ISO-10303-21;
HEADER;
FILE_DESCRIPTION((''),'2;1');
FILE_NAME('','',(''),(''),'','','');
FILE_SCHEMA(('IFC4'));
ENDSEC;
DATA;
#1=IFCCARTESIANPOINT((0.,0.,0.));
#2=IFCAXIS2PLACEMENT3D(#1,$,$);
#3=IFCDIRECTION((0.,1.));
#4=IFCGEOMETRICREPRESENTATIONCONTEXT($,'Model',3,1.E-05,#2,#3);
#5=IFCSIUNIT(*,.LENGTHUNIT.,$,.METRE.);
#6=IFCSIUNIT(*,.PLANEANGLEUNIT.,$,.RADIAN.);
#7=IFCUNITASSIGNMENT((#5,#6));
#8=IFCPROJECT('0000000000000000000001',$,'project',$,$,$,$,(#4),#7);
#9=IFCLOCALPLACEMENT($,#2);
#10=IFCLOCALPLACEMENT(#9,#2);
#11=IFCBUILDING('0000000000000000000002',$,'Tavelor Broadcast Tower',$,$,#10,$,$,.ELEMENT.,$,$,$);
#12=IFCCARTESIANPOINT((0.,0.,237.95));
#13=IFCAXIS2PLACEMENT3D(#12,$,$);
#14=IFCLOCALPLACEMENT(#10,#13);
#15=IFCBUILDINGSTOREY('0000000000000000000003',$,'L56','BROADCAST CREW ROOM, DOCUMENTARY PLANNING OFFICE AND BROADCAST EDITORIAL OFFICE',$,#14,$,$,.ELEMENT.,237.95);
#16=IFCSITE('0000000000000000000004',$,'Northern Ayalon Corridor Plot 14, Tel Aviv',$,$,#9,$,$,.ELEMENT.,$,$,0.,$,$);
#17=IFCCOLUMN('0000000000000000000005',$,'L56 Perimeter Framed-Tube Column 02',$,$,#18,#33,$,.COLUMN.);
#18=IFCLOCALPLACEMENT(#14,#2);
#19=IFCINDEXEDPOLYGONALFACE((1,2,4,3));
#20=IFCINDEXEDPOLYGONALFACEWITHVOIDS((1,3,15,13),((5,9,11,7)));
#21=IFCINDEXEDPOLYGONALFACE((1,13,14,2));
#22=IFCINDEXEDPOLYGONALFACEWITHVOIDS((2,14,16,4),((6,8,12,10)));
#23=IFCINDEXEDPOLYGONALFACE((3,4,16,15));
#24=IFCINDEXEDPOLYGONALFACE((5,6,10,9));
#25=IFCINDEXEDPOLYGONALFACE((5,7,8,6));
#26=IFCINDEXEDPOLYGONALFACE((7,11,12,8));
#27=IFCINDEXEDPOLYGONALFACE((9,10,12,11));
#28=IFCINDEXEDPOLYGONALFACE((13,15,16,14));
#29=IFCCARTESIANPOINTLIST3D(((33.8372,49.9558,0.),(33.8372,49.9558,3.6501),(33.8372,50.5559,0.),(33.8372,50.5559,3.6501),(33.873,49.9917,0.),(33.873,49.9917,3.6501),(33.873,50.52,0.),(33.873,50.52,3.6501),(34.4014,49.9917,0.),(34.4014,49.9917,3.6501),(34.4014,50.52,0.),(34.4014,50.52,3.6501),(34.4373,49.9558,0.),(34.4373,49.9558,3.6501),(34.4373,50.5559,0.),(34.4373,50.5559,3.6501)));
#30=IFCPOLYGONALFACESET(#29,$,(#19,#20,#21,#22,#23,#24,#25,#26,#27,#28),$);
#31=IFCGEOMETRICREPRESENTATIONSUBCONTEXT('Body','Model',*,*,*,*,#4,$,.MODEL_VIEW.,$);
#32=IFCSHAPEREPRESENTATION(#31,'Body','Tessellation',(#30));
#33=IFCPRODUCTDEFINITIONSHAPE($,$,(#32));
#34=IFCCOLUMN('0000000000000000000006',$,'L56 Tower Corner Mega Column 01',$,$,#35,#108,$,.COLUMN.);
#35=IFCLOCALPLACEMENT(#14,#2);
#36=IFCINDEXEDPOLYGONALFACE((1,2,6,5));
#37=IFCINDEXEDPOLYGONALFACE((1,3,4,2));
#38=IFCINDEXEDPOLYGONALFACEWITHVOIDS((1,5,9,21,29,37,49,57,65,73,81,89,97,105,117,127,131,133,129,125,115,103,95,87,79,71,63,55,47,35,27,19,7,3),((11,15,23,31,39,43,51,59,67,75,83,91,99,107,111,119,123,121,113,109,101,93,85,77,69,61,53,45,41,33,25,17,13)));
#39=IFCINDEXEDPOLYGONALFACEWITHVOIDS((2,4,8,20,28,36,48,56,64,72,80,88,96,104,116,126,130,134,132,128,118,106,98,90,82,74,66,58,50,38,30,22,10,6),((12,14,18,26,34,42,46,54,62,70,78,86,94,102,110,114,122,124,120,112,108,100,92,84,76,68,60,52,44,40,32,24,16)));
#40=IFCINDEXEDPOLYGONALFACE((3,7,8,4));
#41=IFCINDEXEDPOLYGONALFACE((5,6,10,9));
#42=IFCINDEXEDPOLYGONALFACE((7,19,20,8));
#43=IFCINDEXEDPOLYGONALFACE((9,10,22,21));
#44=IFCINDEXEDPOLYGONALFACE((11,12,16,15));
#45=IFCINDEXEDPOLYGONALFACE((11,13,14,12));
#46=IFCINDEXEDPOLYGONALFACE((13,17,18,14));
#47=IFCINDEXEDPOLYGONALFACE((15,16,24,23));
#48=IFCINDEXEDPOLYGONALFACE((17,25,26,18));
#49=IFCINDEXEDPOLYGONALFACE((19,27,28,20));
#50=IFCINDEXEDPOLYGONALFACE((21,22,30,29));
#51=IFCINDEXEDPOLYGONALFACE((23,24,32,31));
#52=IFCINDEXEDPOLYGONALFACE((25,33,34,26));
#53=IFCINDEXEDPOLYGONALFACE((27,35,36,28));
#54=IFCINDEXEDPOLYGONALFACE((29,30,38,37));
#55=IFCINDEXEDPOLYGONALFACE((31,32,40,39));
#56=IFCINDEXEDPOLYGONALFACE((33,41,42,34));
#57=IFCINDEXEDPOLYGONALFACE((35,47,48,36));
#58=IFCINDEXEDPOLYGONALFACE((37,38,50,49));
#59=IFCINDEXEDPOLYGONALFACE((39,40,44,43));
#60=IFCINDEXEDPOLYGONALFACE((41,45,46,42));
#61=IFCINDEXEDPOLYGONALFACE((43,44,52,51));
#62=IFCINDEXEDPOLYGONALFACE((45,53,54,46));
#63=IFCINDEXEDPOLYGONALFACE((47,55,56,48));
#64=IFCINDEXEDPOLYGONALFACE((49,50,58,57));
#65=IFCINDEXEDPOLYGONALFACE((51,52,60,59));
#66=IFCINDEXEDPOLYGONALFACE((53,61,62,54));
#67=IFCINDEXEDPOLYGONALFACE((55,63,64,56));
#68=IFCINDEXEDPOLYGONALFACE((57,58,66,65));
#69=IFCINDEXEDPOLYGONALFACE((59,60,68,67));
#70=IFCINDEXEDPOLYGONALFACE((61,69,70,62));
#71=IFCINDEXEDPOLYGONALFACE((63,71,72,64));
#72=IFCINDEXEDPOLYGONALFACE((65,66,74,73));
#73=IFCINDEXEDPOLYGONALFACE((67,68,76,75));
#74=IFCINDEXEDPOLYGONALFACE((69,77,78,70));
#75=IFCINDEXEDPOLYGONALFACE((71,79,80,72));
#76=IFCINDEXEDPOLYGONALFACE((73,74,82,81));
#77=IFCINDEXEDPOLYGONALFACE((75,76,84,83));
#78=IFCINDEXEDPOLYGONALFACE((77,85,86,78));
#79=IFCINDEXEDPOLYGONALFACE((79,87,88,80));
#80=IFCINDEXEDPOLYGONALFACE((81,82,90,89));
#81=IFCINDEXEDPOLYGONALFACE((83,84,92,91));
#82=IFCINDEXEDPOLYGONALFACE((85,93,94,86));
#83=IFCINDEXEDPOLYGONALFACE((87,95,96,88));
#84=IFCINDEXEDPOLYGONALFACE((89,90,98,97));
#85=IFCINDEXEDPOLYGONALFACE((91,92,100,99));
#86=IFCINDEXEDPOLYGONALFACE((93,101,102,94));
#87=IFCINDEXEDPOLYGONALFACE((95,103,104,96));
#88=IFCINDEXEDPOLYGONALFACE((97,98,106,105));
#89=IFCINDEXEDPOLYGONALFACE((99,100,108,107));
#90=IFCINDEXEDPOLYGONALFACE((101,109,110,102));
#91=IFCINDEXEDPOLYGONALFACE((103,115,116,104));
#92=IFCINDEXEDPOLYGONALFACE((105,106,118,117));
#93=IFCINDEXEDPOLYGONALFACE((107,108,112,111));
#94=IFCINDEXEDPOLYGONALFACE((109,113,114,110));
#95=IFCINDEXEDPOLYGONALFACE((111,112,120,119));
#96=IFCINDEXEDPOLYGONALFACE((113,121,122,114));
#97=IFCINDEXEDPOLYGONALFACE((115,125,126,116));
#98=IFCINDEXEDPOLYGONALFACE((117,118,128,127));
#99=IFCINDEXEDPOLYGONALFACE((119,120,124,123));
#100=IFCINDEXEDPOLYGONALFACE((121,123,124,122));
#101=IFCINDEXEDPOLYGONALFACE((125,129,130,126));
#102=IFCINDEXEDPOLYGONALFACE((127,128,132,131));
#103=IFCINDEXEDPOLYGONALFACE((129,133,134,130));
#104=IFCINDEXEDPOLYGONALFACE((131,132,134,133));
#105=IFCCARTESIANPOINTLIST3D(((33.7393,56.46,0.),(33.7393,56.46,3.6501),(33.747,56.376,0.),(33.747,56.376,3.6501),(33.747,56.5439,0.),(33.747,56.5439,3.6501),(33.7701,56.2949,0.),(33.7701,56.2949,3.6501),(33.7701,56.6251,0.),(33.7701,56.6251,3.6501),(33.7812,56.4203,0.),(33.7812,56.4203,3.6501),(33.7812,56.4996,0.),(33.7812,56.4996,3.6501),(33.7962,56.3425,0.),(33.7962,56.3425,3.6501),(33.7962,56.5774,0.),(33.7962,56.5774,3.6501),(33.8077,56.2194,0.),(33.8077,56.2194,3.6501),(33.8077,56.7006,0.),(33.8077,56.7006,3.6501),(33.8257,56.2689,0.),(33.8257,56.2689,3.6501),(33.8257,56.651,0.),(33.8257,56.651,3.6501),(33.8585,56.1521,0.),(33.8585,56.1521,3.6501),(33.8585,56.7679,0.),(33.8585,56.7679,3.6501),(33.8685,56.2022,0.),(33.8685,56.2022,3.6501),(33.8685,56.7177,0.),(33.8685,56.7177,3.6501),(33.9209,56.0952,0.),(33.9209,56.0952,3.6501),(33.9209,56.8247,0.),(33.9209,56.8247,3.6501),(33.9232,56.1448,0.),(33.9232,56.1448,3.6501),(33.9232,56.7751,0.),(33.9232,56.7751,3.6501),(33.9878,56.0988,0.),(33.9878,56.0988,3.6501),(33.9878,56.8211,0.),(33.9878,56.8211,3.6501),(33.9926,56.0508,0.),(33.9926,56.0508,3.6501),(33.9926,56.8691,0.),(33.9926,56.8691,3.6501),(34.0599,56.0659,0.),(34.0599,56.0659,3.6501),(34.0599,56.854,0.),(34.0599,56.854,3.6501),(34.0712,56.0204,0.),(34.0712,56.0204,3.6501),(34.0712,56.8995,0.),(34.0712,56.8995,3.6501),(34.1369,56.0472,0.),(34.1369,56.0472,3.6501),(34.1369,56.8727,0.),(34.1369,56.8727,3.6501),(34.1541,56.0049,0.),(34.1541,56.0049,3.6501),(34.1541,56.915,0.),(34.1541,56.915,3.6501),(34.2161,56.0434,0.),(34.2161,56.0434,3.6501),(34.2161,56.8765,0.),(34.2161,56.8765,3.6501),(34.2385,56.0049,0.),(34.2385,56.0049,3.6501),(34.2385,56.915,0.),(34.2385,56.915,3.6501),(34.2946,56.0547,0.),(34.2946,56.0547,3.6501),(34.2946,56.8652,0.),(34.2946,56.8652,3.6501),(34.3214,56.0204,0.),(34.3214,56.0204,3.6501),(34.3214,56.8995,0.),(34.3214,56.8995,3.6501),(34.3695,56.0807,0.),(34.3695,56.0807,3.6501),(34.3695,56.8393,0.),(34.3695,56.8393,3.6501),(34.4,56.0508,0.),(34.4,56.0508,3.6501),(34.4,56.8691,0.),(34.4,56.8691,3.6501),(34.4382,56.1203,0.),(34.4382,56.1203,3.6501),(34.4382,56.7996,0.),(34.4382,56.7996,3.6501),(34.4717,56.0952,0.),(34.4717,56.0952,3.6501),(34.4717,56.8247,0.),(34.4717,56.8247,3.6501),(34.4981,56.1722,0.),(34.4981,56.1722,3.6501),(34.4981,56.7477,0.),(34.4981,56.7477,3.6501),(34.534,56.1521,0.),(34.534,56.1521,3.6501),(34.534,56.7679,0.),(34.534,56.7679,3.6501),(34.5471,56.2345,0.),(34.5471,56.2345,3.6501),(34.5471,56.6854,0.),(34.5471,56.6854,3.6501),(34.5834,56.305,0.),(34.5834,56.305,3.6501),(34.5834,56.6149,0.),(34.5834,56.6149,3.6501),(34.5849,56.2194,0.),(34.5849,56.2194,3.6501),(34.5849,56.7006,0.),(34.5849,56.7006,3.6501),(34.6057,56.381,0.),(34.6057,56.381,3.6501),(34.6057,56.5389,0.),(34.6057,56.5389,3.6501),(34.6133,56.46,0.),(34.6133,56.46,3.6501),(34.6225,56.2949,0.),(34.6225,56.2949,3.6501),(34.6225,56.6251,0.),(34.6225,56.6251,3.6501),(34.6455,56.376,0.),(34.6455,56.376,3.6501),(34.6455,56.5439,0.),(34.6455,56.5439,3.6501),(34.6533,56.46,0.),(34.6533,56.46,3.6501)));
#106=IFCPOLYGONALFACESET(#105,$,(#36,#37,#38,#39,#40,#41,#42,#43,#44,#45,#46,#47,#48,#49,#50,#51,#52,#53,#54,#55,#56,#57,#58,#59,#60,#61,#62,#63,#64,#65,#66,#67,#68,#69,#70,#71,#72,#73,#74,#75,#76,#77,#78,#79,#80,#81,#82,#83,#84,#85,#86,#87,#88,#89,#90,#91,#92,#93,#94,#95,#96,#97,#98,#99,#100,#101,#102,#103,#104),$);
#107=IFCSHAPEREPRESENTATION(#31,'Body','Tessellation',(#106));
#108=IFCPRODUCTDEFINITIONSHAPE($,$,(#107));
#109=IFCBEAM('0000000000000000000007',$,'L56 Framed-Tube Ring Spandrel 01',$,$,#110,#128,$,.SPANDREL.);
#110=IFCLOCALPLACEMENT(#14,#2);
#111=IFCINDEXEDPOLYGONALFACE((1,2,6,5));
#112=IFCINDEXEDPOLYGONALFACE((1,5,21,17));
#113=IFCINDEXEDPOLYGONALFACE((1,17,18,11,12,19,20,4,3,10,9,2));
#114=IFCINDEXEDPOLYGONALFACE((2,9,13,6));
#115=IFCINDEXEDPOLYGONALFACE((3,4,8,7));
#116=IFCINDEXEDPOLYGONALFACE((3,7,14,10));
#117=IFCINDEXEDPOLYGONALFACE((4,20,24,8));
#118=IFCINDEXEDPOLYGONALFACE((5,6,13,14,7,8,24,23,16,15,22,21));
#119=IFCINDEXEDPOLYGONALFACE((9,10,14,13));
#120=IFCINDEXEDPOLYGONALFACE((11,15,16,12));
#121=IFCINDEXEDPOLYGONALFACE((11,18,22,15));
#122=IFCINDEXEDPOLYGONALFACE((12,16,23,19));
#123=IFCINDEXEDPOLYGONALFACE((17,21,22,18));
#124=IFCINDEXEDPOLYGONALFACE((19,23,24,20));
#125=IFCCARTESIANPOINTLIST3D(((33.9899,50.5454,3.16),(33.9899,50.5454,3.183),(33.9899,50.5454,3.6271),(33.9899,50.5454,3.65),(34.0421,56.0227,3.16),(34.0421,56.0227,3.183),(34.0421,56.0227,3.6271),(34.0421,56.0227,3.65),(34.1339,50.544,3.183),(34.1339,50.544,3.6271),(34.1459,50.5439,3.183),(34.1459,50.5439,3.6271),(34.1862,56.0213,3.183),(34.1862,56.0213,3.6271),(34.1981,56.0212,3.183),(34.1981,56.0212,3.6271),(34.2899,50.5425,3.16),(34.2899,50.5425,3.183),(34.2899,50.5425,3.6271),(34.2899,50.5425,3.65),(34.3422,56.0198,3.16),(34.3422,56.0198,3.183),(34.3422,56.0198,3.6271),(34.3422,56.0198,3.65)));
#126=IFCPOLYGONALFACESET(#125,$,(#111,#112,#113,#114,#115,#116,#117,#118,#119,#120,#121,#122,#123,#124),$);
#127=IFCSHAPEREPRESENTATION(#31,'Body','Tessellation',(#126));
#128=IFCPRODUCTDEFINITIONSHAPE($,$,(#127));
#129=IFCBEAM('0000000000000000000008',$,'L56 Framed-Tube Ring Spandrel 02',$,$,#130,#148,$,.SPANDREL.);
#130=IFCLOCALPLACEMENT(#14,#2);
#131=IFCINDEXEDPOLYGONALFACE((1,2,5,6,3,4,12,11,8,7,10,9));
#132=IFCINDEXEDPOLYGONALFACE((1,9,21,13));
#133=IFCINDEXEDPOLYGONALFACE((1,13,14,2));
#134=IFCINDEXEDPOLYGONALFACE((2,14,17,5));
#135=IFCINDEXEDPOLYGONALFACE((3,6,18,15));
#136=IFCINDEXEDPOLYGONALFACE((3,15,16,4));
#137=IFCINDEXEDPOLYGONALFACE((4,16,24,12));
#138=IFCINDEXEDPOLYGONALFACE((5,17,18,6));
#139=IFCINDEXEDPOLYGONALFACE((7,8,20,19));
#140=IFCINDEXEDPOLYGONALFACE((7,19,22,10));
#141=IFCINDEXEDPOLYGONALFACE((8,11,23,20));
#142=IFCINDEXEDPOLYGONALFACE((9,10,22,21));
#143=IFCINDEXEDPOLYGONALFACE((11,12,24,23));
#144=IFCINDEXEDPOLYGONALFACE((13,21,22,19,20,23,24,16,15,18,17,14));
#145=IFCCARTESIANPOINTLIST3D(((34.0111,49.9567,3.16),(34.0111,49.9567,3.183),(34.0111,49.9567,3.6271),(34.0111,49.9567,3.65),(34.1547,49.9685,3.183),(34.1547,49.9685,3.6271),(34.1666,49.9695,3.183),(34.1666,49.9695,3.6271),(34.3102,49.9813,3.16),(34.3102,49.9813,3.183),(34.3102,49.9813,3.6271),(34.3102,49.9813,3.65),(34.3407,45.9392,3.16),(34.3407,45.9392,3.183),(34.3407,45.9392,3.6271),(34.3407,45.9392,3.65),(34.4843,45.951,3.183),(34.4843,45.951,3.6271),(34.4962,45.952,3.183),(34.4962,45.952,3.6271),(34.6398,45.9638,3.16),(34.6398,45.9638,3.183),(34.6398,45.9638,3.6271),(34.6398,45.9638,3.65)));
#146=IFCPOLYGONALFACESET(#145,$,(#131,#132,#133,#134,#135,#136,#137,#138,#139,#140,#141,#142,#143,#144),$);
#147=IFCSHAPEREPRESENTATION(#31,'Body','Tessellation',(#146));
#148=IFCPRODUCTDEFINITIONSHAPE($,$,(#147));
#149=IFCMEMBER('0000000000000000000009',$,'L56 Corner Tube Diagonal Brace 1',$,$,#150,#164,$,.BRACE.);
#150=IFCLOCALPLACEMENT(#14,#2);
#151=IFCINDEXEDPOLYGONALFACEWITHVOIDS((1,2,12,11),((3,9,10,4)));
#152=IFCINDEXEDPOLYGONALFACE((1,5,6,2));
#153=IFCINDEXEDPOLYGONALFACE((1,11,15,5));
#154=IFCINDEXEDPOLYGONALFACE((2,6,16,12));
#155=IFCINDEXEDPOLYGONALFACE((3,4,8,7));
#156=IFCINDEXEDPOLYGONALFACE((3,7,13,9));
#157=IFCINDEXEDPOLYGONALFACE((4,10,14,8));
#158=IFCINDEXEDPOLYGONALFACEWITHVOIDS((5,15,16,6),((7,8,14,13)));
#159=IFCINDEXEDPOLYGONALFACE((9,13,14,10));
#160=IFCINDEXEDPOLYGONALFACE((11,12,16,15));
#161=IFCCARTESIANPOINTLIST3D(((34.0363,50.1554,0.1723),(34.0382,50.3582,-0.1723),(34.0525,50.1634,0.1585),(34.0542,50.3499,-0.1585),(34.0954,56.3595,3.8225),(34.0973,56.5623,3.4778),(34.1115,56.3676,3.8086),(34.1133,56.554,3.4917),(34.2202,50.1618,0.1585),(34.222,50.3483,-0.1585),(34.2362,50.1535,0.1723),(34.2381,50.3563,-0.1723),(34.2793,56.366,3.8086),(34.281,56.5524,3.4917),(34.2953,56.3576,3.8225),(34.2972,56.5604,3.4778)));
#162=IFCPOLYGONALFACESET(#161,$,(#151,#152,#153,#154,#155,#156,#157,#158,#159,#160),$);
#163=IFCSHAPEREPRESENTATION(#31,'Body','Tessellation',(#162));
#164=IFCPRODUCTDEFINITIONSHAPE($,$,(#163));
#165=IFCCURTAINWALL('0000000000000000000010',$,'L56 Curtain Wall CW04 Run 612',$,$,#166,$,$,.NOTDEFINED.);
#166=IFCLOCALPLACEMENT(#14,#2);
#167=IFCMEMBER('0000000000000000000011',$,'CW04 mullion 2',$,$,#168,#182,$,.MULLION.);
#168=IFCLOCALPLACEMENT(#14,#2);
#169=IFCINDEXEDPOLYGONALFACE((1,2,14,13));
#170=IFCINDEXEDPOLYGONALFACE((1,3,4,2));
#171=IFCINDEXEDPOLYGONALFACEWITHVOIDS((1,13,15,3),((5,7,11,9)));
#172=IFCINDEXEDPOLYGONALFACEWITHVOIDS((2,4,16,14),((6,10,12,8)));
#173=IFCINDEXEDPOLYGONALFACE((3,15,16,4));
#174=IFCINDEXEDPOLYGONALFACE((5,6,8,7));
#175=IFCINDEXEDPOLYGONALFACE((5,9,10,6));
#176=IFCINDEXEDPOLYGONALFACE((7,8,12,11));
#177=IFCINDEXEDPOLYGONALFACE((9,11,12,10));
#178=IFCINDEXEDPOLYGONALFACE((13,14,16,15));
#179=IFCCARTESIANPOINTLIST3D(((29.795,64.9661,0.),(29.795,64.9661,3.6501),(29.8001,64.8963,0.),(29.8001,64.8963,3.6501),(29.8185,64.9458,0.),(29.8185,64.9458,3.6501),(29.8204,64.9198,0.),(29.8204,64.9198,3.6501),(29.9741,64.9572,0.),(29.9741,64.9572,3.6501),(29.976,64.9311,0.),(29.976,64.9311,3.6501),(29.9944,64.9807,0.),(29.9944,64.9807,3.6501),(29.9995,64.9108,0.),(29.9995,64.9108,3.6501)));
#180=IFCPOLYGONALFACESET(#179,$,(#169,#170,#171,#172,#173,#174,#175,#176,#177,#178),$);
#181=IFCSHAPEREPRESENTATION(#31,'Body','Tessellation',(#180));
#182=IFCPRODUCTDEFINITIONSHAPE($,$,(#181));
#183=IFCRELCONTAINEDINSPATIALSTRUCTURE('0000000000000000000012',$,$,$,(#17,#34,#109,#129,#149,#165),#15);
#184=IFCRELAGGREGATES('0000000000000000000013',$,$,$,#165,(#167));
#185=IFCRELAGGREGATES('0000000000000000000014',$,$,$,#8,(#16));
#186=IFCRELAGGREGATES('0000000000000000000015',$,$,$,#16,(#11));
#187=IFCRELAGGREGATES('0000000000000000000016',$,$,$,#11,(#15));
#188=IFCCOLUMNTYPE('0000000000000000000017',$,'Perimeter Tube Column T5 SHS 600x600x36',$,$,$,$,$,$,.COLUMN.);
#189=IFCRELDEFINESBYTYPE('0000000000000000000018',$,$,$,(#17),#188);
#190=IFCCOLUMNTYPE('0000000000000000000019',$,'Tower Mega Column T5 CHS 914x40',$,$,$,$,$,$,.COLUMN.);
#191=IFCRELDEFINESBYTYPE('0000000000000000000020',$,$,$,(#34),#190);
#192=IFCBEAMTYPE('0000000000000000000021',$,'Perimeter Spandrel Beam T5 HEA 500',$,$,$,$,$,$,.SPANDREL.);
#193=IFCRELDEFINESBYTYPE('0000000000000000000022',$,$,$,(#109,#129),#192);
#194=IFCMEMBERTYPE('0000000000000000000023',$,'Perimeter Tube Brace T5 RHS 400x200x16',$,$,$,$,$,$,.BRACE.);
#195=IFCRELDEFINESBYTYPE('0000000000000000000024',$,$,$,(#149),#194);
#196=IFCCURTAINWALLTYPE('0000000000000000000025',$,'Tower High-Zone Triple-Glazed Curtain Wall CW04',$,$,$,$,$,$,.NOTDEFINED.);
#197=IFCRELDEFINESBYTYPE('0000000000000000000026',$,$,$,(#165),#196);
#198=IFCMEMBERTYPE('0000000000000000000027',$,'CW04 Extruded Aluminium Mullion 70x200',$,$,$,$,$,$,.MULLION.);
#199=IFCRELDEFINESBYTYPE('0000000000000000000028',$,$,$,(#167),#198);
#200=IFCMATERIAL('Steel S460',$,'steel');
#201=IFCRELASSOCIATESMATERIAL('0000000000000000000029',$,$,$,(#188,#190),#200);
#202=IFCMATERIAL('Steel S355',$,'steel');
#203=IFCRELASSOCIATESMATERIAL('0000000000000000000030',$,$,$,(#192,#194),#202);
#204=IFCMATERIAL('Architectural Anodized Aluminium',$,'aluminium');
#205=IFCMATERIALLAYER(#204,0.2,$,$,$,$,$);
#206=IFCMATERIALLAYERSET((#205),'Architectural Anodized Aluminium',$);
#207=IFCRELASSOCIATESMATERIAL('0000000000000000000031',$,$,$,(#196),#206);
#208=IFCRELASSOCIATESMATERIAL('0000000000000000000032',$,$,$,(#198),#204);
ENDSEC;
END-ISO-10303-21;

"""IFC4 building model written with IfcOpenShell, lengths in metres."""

from ifc_helpers import new_model, si_unit, direction, frame, origin, origin_2d, place, context, subcontext, project, spatial, hollow_rectangle, hollow_circle, i_section, extrude, source, transform, mapped, material, layer, layer_set, material_profile, profile_set, type_object, type_shapes, element, aggregate, save


model = new_model("IFC4")

# Units and contexts
model_context = context("Model", 3, precision=1e-05, world=origin(), true_north=direction((0.0, 1.0)))
body_context = subcontext(model_context, "Body", "Model", "MODEL_VIEW")
ifc_project = project(units=[si_unit("LENGTHUNIT", "METRE"), si_unit("PLANEANGLEUNIT", "RADIAN")], contexts=[model_context])

# Site, building, storey
site_placement = place(None, origin())
site = spatial("IfcSite", under=ifc_project, at=site_placement, Name="Northern Ayalon Corridor Plot 14, Tel Aviv", CompositionType="ELEMENT", RefElevation=0.0)
building_placement = place(site_placement, origin())
building = spatial("IfcBuilding", under=site, at=building_placement, Name="Tavelor Broadcast Tower", CompositionType="ELEMENT")
storey_placement = place(building_placement, frame((0.0, 0.0, 237.95)))
storey = spatial("IfcBuildingStorey", under=building, at=storey_placement, Name="L56", Description="BROADCAST CREW ROOM, DOCUMENTARY PLANNING OFFICE AND BROADCAST EDITORIAL OFFICE", CompositionType="ELEMENT", Elevation=237.95)

# Columns
ifc_material_1 = material(Name="Steel S460", Category="steel")
ifc_material_profile_1 = material_profile(ifc_material_1, hollow_rectangle(XDim=0.6001, YDim=0.6001, WallThickness=0.0359, at=origin_2d()), Name="SHS 600x600x36")
ifc_profile_set_1 = profile_set([ifc_material_profile_1], Name="Steel S460")
column_type_1 = type_object("IfcColumnType", Name="Perimeter Tube Column T5 SHS 600x600x36", PredefinedType="COLUMN", material=ifc_profile_set_1)
column_1_placement = place(storey_placement, frame((34.1372, 50.2559, 0.0), z_axis=(0.0, 0.0, 1.0), x_axis=(1.0, 0.0, 0.0)))
element("IfcColumn", 1, at=column_1_placement, inside=storey, type_object=column_type_1, Name="L56 Perimeter Framed-Tube Column 02", PredefinedType="COLUMN", context=body_context, shape_type="SweptSolid", body=[
    extrude(hollow_rectangle(XDim=0.6001, YDim=0.6001, WallThickness=0.0359, at=origin_2d()), origin(), (0.0, 0.0, 1.0), 3.6501),
])
ifc_material_profile_2 = material_profile(ifc_material_1, hollow_circle(Radius=0.457, WallThickness=0.04, at=origin_2d()), Name="CHS 914x40")
ifc_profile_set_2 = profile_set([ifc_material_profile_2], Name="Steel S460")
column_type_2 = type_object("IfcColumnType", Name="Tower Mega Column T5 CHS 914x40", PredefinedType="COLUMN", material=ifc_profile_set_2)
column_2_placement = place(storey_placement, frame((34.1963, 56.46, 0.0), z_axis=(0.0, 0.0, 1.0), x_axis=(1.0, 0.0, 0.0)))
element("IfcColumn", 2, at=column_2_placement, inside=storey, type_object=column_type_2, Name="L56 Tower Corner Mega Column 01", PredefinedType="COLUMN", context=body_context, shape_type="SweptSolid", body=[
    extrude(hollow_circle(Radius=0.457, WallThickness=0.04, at=origin_2d()), origin(), (0.0, 0.0, 1.0), 3.6501),
])

# Beams
ifc_material_2 = material(Name="Steel S355", Category="steel")
ifc_material_profile_3 = material_profile(ifc_material_2, i_section(OverallWidth=0.3, OverallDepth=0.49, WebThickness=0.012, FlangeThickness=0.0229, at=origin_2d()), Name="HEA 500")
ifc_profile_set_3 = profile_set([ifc_material_profile_3], Name="Steel S355")
beam_type = type_object("IfcBeamType", Name="Perimeter Spandrel Beam T5 HEA 500", PredefinedType="SPANDREL", material=ifc_profile_set_3)
beam_1_placement = place(storey_placement, frame((34.1921, 56.0212, 3.405), z_axis=(-0.009538, -0.999955, 0.0), x_axis=(0.999955, -0.009538, 0.0)))
element("IfcBeam", 3, at=beam_1_placement, inside=storey, type_object=beam_type, Name="L56 Framed-Tube Ring Spandrel 01", PredefinedType="SPANDREL", context=body_context, shape_type="SweptSolid", body=[
    extrude(i_section(OverallWidth=0.3, OverallDepth=0.49, WebThickness=0.012, FlangeThickness=0.0229, at=origin_2d()), origin(), (0.0, 0.0, 1.0), 5.4775),
])
beam_2_placement = place(storey_placement, frame((34.1606, 49.969, 3.405), z_axis=(0.081762, -0.996652, 0.0), x_axis=(0.996652, 0.081762, 0.0)))
element("IfcBeam", 4, at=beam_2_placement, inside=storey, type_object=beam_type, Name="L56 Framed-Tube Ring Spandrel 02", PredefinedType="SPANDREL", context=body_context, shape_type="SweptSolid", body=[
    extrude(i_section(OverallWidth=0.3, OverallDepth=0.49, WebThickness=0.012, FlangeThickness=0.0229, at=origin_2d()), origin(), (0.0, 0.0, 1.0), 4.031),
])

# Member
ifc_material_profile_4 = material_profile(ifc_material_2, hollow_rectangle(XDim=0.2, YDim=0.3999, WallThickness=0.0161, at=origin_2d()), Name="RHS 400x200x16")
ifc_profile_set_4 = profile_set([ifc_material_profile_4], Name="Steel S355")
member_type_1 = type_object("IfcMemberType", Name="Perimeter Tube Brace T5 RHS 400x200x16", PredefinedType="BRACE", material=ifc_profile_set_4)
member_1_placement = place(storey_placement, frame((34.1372, 50.2559, 0.0), z_axis=(0.008208, 0.861864, 0.507073), x_axis=(-0.999955, 0.009523, 0.0)))
element("IfcMember", 5, at=member_1_placement, inside=storey, type_object=member_type_1, Name="L56 Corner Tube Diagonal Brace 1", PredefinedType="BRACE", context=body_context, shape_type="SweptSolid", body=[
    extrude(hollow_rectangle(XDim=0.2, YDim=0.3999, WallThickness=0.0161, at=origin_2d()), origin(), (0.0, 0.0, 1.0), 7.1985),
])

# Curtain wall, member
ifc_material_3 = material(Name="Architectural Anodized Aluminium", Category="aluminium")
ifc_layer_1 = layer(ifc_material_3, 0.2)
ifc_layer_set_1 = layer_set([ifc_layer_1], Name="Architectural Anodized Aluminium")
curtain_wall_type = type_object("IfcCurtainWallType", Name="Tower High-Zone Triple-Glazed Curtain Wall CW04", PredefinedType="NOTDEFINED", material=ifc_layer_set_1)
curtain_wall_placement = place(storey_placement, origin())
curtain_wall = element("IfcCurtainWall", 6, at=curtain_wall_placement, inside=storey, type_object=curtain_wall_type, Name="L56 Curtain Wall CW04 Run 612", PredefinedType="NOTDEFINED")
ifc_material_profile_5 = material_profile(ifc_material_3, hollow_rectangle(XDim=0.0701, YDim=0.2, WallThickness=0.022, at=origin_2d()), Name="RHS 70x200x22")
ifc_profile_set_5 = profile_set([ifc_material_profile_5], Name="Architectural Anodized Aluminium")
member_type_2 = type_object("IfcMemberType", Name="CW04 Extruded Aluminium Mullion 70x200", PredefinedType="MULLION", material=ifc_profile_set_5)
shared_shape_1 = source(origin(), body_context, "Body", "SweptSolid", [
    extrude(hollow_rectangle(XDim=0.0701, YDim=0.2, WallThickness=0.022, at=origin_2d()), origin(), (0.0, 0.0, 1.0), 3.6501),
])
type_shapes(member_type_2, [shared_shape_1])
member_2_placement = place(storey_placement, frame((29.8972, 64.9385, 0.0), z_axis=(0.0, 0.0, 1.0), x_axis=(0.072833, -0.997344, 0.0)))
member_2 = element("IfcMember", 7, at=member_2_placement, type_object=member_type_2, Name="CW04 mullion 2", PredefinedType="MULLION", context=body_context, shape_type="MappedRepresentation", body=[
    mapped(shared_shape_1, transform((0.0, 0.0, 0.0), scale=1.0)),
])

aggregate(curtain_wall, [member_2])

save(model, "model.ifc")
